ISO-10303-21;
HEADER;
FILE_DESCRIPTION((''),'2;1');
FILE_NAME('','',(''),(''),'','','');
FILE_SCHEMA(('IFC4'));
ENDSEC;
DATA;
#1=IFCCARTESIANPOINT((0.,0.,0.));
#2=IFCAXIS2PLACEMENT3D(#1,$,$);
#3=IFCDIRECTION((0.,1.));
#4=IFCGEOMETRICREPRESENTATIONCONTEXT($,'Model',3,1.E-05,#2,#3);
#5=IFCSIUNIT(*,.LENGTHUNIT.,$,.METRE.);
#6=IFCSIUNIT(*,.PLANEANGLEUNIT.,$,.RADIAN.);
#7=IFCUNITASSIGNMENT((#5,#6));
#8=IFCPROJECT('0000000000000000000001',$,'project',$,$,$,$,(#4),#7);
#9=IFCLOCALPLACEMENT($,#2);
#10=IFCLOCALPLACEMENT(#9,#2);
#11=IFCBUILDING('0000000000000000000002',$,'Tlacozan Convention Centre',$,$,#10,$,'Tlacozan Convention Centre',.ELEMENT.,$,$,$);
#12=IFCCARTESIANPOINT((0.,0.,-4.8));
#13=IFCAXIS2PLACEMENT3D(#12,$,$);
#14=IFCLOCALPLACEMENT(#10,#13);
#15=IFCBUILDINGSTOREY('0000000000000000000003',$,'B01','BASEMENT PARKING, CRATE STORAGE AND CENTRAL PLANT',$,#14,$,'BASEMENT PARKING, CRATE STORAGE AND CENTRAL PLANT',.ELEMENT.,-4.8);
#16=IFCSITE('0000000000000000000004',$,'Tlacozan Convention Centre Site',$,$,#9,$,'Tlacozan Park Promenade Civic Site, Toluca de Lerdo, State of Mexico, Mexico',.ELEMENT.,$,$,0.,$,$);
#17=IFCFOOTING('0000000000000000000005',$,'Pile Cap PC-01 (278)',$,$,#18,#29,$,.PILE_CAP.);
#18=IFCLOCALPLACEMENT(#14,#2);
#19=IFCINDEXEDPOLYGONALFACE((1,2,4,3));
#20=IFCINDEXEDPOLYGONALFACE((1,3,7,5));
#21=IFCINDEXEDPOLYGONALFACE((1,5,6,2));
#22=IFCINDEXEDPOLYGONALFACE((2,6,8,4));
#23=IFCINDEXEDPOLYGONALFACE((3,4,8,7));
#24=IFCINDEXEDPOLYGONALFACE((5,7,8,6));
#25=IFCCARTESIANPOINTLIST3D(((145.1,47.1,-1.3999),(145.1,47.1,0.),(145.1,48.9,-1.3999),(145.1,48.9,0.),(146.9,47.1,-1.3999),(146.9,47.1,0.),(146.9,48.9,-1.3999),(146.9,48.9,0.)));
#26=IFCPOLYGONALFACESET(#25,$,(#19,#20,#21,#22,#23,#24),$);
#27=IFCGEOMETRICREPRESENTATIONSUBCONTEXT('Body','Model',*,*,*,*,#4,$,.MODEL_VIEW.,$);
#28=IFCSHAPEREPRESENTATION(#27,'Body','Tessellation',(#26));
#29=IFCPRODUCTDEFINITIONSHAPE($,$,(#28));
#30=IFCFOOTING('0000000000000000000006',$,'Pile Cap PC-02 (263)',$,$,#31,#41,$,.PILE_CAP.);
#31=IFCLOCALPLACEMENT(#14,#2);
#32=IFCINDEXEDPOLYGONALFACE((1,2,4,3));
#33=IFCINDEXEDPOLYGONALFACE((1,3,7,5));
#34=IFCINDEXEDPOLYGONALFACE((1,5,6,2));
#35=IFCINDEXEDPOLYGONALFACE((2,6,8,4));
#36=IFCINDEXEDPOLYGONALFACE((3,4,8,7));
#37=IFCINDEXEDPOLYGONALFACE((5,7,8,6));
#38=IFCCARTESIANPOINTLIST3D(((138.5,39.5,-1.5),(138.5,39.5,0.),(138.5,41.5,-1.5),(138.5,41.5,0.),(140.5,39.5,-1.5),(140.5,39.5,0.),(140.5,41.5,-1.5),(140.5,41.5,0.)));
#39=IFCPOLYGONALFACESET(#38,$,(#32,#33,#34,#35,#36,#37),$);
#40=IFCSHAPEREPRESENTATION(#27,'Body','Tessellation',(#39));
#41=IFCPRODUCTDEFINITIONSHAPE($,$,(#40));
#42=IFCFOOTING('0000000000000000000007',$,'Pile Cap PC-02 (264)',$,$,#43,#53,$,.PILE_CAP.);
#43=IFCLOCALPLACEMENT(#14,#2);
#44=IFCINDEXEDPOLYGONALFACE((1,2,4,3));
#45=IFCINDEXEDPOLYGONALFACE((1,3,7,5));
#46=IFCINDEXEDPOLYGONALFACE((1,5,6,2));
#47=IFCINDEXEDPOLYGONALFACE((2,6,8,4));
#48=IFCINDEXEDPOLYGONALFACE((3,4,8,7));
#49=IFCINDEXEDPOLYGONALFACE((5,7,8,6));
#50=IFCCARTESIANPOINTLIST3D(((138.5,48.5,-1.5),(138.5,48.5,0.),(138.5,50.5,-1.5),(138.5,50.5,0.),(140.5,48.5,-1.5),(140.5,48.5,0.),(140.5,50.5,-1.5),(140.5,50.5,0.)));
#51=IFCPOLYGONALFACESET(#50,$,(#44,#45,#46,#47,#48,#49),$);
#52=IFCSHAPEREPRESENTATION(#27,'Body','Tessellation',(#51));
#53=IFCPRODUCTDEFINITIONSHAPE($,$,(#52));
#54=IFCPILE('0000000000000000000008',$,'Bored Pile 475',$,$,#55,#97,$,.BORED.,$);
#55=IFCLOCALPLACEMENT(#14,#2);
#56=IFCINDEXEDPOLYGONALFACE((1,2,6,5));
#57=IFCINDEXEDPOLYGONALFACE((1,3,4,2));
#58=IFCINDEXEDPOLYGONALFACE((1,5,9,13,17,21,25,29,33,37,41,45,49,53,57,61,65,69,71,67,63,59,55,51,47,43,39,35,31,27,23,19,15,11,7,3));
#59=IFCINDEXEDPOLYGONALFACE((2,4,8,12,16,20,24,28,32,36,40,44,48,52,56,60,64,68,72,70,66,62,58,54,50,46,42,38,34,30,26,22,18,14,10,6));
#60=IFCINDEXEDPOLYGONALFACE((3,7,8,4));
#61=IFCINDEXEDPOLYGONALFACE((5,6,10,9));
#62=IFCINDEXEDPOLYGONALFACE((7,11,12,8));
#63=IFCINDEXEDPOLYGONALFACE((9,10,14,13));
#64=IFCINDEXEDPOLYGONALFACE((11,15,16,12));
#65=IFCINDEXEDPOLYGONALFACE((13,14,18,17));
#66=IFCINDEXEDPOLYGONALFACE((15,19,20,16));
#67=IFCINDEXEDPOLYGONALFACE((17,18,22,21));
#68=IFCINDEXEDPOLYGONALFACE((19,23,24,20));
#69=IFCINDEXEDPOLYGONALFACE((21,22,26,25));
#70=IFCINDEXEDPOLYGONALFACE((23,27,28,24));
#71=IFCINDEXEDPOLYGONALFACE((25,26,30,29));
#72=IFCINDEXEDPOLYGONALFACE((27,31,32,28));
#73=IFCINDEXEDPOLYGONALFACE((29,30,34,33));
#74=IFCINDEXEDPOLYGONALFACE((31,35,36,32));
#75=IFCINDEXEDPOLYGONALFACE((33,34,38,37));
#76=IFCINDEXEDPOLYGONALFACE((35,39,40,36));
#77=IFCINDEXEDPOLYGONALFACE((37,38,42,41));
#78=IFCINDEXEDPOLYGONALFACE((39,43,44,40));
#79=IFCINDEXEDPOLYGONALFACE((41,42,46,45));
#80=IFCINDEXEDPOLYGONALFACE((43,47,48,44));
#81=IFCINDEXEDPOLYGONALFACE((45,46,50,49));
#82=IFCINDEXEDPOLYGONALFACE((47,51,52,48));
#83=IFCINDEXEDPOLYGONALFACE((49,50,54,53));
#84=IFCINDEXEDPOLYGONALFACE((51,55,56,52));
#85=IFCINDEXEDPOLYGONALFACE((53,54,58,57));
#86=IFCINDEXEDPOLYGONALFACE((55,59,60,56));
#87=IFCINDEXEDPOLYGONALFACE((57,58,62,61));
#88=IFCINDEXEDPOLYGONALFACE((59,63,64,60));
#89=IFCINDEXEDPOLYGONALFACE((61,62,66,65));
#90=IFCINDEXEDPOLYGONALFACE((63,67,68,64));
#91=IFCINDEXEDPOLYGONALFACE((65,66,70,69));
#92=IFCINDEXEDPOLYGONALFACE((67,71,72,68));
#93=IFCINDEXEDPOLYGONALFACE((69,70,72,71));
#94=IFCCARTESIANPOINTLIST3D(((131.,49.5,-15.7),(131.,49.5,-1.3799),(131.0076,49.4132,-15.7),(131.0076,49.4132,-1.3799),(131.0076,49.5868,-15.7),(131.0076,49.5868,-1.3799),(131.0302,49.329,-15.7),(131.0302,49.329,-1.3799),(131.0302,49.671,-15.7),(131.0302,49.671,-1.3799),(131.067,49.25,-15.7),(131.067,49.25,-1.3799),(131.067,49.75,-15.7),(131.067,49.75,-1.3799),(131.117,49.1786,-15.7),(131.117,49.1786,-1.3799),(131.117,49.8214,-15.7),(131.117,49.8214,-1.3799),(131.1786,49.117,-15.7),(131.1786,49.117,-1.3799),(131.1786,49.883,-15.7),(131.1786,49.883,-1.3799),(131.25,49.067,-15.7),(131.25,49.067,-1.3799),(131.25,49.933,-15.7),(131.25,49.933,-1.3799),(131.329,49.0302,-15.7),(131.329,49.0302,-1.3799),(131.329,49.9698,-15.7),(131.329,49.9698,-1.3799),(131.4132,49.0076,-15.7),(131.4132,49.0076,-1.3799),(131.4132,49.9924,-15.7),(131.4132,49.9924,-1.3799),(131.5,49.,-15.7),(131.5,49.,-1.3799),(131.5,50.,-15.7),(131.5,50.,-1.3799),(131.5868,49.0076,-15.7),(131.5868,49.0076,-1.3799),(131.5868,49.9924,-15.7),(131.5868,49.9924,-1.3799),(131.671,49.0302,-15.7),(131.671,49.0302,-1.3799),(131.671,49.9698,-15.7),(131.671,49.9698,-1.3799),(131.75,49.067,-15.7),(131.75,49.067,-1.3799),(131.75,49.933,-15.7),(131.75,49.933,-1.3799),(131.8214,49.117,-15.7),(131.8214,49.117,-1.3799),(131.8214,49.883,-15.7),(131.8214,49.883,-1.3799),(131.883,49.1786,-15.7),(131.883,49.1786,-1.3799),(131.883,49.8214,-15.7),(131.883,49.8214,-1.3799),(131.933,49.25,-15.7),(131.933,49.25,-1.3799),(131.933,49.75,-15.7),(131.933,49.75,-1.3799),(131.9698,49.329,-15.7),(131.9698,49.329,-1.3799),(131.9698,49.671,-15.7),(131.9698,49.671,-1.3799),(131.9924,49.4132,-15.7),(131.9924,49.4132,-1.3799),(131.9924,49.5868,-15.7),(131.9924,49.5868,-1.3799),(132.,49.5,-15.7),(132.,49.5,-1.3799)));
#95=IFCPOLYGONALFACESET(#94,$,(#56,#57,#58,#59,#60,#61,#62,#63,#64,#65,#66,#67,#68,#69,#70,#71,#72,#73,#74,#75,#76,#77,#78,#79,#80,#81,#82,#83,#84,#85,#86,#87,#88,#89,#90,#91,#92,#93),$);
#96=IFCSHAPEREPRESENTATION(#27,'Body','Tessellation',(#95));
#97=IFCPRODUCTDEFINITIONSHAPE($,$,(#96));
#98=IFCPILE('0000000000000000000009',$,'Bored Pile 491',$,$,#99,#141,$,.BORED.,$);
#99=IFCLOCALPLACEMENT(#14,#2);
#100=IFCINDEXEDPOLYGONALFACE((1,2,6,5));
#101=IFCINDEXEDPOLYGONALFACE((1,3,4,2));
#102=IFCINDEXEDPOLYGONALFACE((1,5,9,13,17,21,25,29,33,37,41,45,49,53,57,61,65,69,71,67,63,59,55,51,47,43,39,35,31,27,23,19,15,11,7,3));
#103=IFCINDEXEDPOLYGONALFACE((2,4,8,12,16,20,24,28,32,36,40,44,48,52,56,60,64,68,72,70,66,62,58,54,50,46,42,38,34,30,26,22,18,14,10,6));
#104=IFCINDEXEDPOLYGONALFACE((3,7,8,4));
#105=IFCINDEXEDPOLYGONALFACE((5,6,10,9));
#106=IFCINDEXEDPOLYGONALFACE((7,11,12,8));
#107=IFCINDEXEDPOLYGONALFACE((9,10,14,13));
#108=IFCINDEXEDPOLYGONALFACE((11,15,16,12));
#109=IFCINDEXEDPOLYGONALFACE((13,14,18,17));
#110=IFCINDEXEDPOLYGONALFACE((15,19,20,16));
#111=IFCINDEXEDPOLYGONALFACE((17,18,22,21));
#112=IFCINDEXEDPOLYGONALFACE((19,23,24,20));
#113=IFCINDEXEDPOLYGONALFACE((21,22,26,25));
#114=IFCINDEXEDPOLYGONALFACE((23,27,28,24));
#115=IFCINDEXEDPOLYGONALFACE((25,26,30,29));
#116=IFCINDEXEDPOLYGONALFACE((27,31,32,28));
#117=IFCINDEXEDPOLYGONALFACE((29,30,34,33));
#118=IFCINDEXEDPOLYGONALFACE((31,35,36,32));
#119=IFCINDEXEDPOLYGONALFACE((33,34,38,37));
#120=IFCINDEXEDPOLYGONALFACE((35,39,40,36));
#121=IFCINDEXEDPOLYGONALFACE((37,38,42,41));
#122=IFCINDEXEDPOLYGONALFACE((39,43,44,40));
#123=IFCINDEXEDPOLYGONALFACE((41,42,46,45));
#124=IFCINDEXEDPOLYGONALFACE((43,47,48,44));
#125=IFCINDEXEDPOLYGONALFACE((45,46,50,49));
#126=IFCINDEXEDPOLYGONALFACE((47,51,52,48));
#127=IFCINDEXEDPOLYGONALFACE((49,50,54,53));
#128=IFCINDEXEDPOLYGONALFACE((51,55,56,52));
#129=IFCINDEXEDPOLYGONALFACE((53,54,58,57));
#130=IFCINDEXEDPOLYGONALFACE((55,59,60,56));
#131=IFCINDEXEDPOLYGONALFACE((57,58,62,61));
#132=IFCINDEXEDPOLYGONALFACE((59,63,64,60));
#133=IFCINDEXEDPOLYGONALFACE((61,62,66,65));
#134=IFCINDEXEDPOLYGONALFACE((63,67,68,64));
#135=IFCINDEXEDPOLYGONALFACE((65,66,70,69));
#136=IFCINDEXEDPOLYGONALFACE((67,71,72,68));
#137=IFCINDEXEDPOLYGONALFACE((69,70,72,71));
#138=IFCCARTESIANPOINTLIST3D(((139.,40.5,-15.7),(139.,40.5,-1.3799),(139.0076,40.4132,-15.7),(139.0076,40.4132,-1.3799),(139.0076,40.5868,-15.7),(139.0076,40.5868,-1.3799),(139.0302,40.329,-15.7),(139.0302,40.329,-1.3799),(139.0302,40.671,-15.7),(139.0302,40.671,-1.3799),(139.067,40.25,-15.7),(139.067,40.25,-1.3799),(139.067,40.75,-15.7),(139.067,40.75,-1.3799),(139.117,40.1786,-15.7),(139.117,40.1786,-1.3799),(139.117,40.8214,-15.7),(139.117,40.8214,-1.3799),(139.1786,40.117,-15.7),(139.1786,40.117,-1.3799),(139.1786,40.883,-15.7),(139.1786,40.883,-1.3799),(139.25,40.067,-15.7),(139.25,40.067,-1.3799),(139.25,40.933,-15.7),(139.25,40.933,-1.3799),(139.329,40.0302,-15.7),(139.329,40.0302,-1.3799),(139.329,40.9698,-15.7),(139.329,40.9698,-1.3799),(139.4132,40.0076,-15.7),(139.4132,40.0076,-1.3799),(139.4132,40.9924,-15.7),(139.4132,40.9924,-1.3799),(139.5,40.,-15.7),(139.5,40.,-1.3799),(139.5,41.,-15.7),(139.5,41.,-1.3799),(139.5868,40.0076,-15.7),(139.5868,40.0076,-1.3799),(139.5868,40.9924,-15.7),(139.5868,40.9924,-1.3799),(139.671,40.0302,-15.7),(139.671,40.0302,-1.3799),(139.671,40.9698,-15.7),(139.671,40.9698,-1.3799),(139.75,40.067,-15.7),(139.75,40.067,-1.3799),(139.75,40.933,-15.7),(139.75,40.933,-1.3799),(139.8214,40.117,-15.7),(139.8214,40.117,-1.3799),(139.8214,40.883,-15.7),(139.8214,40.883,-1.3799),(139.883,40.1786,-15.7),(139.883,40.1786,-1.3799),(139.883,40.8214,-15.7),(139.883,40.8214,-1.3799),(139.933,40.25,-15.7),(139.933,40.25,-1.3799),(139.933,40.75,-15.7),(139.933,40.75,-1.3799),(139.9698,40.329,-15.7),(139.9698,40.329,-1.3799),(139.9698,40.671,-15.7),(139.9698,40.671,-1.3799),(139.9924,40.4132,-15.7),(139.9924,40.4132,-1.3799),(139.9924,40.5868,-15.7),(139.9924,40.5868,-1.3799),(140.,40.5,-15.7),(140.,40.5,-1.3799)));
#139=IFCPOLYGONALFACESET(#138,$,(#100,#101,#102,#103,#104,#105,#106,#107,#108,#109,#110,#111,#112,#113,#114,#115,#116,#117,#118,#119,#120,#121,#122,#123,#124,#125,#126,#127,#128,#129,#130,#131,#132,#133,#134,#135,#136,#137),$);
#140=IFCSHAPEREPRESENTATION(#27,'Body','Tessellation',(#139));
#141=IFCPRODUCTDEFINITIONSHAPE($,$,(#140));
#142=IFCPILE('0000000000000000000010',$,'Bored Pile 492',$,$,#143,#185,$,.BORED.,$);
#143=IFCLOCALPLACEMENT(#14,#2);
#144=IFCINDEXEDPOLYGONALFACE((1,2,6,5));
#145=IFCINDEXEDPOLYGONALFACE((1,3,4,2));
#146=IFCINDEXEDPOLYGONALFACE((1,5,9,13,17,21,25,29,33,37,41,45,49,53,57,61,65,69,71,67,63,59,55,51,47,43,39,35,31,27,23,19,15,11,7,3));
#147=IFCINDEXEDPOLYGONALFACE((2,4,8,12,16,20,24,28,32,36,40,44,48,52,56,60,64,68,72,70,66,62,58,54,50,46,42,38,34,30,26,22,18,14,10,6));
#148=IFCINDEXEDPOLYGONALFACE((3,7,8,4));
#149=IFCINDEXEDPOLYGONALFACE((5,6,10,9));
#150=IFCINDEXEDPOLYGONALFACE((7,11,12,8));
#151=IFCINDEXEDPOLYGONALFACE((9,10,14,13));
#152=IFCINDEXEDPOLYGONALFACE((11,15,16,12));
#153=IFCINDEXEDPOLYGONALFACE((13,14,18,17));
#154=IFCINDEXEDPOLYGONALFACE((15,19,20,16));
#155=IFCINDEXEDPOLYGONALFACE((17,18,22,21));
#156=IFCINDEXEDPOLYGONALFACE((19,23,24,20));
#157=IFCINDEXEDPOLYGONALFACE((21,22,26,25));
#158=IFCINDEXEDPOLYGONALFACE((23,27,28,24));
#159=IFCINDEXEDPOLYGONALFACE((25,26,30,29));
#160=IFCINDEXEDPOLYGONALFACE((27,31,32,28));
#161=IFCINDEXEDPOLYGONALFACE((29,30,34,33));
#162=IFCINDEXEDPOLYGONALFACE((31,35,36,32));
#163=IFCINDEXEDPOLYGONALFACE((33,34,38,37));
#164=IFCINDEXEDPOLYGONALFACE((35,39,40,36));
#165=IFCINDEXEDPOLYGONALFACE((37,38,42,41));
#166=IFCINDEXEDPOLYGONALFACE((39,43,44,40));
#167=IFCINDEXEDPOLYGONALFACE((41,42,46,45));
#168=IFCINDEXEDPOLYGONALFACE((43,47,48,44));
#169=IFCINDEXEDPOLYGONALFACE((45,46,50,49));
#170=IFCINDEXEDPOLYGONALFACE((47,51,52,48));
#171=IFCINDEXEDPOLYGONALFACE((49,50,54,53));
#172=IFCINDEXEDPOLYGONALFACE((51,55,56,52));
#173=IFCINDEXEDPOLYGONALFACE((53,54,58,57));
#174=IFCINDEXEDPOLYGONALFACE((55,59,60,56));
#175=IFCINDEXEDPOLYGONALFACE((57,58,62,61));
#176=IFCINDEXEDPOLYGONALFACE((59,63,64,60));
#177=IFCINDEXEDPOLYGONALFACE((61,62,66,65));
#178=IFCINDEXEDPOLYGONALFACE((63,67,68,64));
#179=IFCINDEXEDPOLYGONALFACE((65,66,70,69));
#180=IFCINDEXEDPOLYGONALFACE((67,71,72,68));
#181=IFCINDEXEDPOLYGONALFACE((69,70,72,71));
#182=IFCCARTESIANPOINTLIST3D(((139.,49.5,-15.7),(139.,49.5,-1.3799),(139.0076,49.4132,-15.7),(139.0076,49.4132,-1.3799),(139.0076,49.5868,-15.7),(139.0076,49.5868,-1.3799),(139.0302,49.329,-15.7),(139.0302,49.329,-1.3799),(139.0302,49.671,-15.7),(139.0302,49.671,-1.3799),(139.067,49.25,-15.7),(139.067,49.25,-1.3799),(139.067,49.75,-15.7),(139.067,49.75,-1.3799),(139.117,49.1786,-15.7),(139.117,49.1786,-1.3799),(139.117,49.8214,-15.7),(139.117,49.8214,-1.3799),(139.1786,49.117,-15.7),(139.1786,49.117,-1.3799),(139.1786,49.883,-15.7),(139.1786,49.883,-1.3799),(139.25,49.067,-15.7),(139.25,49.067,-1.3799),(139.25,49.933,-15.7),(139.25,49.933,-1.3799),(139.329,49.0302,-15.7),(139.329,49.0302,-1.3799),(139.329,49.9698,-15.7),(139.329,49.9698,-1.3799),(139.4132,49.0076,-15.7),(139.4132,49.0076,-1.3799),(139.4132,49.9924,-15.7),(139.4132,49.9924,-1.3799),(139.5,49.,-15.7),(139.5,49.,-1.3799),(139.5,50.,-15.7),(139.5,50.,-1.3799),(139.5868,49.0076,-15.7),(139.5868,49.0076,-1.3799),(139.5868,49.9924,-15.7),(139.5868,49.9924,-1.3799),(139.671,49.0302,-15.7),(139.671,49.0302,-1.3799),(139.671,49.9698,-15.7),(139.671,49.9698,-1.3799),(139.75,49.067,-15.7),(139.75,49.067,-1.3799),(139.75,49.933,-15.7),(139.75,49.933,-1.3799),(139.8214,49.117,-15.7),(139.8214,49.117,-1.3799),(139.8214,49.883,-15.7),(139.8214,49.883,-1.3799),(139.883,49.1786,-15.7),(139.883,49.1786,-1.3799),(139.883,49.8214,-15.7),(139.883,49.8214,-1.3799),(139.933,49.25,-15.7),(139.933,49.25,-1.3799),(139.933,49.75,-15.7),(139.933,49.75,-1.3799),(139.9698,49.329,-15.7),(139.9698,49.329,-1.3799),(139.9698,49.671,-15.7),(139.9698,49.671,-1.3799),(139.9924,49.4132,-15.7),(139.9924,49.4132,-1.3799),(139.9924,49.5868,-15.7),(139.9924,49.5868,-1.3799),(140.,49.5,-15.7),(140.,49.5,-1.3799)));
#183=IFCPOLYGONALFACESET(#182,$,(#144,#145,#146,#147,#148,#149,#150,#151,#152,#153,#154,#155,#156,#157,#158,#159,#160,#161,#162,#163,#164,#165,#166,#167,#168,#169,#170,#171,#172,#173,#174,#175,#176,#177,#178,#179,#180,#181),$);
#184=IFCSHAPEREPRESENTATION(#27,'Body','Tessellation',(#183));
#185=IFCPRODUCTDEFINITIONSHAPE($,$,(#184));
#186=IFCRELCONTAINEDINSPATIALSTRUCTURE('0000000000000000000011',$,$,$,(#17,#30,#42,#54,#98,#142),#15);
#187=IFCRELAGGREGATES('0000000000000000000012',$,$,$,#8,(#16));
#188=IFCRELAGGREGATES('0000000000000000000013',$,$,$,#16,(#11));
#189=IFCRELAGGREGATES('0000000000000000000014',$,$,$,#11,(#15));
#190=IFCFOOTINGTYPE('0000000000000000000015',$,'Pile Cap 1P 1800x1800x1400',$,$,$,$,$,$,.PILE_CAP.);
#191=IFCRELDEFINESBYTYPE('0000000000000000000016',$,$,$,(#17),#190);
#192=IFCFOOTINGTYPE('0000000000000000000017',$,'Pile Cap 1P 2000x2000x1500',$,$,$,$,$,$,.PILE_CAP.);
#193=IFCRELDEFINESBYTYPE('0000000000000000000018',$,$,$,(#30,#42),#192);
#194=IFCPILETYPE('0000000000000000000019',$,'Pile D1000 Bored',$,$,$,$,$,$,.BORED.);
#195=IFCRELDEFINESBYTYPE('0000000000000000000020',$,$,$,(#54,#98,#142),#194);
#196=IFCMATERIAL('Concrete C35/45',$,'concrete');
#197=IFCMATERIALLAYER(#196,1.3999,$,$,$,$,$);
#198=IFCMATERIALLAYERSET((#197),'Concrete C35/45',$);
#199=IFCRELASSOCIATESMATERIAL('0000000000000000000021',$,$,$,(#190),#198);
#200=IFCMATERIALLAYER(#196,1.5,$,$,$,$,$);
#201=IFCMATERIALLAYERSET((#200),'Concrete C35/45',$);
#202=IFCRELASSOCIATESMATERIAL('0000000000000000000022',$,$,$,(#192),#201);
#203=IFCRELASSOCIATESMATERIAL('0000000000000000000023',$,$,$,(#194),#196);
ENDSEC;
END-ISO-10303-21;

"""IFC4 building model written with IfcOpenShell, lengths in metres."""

from ifc_helpers import new_model, si_unit, direction, frame, origin, origin_2d, place, context, subcontext, project, spatial, rectangle, circle, extrude, material, layer, layer_set, material_profile, profile_set, type_object, element, save


model = new_model("IFC4")

# Units and contexts
model_context = context("Model", 3, precision=1e-05, world=origin(), true_north=direction((0.0, 1.0)))
body_context = subcontext(model_context, "Body", "Model", "MODEL_VIEW")
ifc_project = project(units=[si_unit("LENGTHUNIT", "METRE"), si_unit("PLANEANGLEUNIT", "RADIAN")], contexts=[model_context])

# Site, building, storey
site_placement = place(None, origin())
site = spatial("IfcSite", under=ifc_project, at=site_placement, Name="Tlacozan Convention Centre Site", LongName="Tlacozan Park Promenade Civic Site, Toluca de Lerdo, State of Mexico, Mexico", CompositionType="ELEMENT", RefElevation=0.0)
building_placement = place(site_placement, origin())
building = spatial("IfcBuilding", under=site, at=building_placement, Name="Tlacozan Convention Centre", LongName="Tlacozan Convention Centre", CompositionType="ELEMENT")
storey_placement = place(building_placement, frame((0.0, 0.0, -4.8)))
storey = spatial("IfcBuildingStorey", under=building, at=storey_placement, Name="B01", Description="BASEMENT PARKING, CRATE STORAGE AND CENTRAL PLANT", LongName="BASEMENT PARKING, CRATE STORAGE AND CENTRAL PLANT", CompositionType="ELEMENT", Elevation=-4.8)

# Footings
ifc_material_1 = material(Name="Concrete C35/45", Category="concrete")
ifc_layer_1 = layer(ifc_material_1, 1.3999)
ifc_layer_set_1 = layer_set([ifc_layer_1], Name="Concrete C35/45")
footing_type_1 = type_object("IfcFootingType", Name="Pile Cap 1P 1800x1800x1400", PredefinedType="PILE_CAP", material=ifc_layer_set_1)
footing_placement = place(storey_placement, frame((146.0, 48.0, -1.3999), z_axis=(0.0, 0.0, 1.0), x_axis=(1.0, 0.0, 0.0)))
element("IfcFooting", 1, at=footing_placement, inside=storey, type_object=footing_type_1, Name="Pile Cap PC-01 (278)", PredefinedType="PILE_CAP", context=body_context, shape_type="SweptSolid", body=[
    extrude(rectangle(XDim=1.8, YDim=1.8, at=origin_2d()), origin(), (0.0, 0.0, 1.0), 1.3999),
])
ifc_layer_2 = layer(ifc_material_1, 1.5)
ifc_layer_set_2 = layer_set([ifc_layer_2], Name="Concrete C35/45")
footing_type_2 = type_object("IfcFootingType", Name="Pile Cap 1P 2000x2000x1500", PredefinedType="PILE_CAP", material=ifc_layer_set_2)
for number, where, z_axis, x_axis, name in (
    (2, (139.5, 40.5, -1.5), (0.0, 0.0, 1.0), (1.0, 0.0, 0.0), "Pile Cap PC-02 (263)"),
    (3, (139.5, 49.5, -1.5), (0.0, 0.0, 1.0), (1.0, 0.0, 0.0), "Pile Cap PC-02 (264)"),
):
    element("IfcFooting", number, at=place(storey_placement, frame(where, z_axis=z_axis, x_axis=x_axis)), inside=storey, type_object=footing_type_2, Name=name, PredefinedType="PILE_CAP", context=body_context, shape_type="SweptSolid", body=[
        extrude(rectangle(XDim=2.0, YDim=2.0, at=origin_2d()), origin(), (0.0, 0.0, 1.0), 1.5),
    ])

# Piles
ifc_material_profile_1 = material_profile(ifc_material_1, circle(Radius=0.5, at=origin_2d()), Name="PILE D1000")
ifc_profile_set_1 = profile_set([ifc_material_profile_1], Name="Concrete C35/45")
pile_type_1 = type_object("IfcPileType", Name="Pile D1000 Bored", PredefinedType="BORED", material=ifc_profile_set_1)
for number, where, z_axis, x_axis, name in (
    (4, (131.5, 49.5, -1.3799), (0.0, 0.0, -1.0), (1.0, 0.0, 0.0), "Bored Pile 475"),
    (5, (139.5, 40.5, -1.3799), (0.0, 0.0, -1.0), (1.0, 0.0, 0.0), "Bored Pile 491"),
    (6, (139.5, 49.5, -1.3799), (0.0, 0.0, -1.0), (1.0, 0.0, 0.0), "Bored Pile 492"),
):
    element("IfcPile", number, at=place(storey_placement, frame(where, z_axis=z_axis, x_axis=x_axis)), inside=storey, type_object=pile_type_1, Name=name, PredefinedType="BORED", context=body_context, shape_type="SweptSolid", body=[
        extrude(circle(Radius=0.5, at=origin_2d()), origin(), (0.0, 0.0, 1.0), 14.3201),
    ])

save(model, "model.ifc")
